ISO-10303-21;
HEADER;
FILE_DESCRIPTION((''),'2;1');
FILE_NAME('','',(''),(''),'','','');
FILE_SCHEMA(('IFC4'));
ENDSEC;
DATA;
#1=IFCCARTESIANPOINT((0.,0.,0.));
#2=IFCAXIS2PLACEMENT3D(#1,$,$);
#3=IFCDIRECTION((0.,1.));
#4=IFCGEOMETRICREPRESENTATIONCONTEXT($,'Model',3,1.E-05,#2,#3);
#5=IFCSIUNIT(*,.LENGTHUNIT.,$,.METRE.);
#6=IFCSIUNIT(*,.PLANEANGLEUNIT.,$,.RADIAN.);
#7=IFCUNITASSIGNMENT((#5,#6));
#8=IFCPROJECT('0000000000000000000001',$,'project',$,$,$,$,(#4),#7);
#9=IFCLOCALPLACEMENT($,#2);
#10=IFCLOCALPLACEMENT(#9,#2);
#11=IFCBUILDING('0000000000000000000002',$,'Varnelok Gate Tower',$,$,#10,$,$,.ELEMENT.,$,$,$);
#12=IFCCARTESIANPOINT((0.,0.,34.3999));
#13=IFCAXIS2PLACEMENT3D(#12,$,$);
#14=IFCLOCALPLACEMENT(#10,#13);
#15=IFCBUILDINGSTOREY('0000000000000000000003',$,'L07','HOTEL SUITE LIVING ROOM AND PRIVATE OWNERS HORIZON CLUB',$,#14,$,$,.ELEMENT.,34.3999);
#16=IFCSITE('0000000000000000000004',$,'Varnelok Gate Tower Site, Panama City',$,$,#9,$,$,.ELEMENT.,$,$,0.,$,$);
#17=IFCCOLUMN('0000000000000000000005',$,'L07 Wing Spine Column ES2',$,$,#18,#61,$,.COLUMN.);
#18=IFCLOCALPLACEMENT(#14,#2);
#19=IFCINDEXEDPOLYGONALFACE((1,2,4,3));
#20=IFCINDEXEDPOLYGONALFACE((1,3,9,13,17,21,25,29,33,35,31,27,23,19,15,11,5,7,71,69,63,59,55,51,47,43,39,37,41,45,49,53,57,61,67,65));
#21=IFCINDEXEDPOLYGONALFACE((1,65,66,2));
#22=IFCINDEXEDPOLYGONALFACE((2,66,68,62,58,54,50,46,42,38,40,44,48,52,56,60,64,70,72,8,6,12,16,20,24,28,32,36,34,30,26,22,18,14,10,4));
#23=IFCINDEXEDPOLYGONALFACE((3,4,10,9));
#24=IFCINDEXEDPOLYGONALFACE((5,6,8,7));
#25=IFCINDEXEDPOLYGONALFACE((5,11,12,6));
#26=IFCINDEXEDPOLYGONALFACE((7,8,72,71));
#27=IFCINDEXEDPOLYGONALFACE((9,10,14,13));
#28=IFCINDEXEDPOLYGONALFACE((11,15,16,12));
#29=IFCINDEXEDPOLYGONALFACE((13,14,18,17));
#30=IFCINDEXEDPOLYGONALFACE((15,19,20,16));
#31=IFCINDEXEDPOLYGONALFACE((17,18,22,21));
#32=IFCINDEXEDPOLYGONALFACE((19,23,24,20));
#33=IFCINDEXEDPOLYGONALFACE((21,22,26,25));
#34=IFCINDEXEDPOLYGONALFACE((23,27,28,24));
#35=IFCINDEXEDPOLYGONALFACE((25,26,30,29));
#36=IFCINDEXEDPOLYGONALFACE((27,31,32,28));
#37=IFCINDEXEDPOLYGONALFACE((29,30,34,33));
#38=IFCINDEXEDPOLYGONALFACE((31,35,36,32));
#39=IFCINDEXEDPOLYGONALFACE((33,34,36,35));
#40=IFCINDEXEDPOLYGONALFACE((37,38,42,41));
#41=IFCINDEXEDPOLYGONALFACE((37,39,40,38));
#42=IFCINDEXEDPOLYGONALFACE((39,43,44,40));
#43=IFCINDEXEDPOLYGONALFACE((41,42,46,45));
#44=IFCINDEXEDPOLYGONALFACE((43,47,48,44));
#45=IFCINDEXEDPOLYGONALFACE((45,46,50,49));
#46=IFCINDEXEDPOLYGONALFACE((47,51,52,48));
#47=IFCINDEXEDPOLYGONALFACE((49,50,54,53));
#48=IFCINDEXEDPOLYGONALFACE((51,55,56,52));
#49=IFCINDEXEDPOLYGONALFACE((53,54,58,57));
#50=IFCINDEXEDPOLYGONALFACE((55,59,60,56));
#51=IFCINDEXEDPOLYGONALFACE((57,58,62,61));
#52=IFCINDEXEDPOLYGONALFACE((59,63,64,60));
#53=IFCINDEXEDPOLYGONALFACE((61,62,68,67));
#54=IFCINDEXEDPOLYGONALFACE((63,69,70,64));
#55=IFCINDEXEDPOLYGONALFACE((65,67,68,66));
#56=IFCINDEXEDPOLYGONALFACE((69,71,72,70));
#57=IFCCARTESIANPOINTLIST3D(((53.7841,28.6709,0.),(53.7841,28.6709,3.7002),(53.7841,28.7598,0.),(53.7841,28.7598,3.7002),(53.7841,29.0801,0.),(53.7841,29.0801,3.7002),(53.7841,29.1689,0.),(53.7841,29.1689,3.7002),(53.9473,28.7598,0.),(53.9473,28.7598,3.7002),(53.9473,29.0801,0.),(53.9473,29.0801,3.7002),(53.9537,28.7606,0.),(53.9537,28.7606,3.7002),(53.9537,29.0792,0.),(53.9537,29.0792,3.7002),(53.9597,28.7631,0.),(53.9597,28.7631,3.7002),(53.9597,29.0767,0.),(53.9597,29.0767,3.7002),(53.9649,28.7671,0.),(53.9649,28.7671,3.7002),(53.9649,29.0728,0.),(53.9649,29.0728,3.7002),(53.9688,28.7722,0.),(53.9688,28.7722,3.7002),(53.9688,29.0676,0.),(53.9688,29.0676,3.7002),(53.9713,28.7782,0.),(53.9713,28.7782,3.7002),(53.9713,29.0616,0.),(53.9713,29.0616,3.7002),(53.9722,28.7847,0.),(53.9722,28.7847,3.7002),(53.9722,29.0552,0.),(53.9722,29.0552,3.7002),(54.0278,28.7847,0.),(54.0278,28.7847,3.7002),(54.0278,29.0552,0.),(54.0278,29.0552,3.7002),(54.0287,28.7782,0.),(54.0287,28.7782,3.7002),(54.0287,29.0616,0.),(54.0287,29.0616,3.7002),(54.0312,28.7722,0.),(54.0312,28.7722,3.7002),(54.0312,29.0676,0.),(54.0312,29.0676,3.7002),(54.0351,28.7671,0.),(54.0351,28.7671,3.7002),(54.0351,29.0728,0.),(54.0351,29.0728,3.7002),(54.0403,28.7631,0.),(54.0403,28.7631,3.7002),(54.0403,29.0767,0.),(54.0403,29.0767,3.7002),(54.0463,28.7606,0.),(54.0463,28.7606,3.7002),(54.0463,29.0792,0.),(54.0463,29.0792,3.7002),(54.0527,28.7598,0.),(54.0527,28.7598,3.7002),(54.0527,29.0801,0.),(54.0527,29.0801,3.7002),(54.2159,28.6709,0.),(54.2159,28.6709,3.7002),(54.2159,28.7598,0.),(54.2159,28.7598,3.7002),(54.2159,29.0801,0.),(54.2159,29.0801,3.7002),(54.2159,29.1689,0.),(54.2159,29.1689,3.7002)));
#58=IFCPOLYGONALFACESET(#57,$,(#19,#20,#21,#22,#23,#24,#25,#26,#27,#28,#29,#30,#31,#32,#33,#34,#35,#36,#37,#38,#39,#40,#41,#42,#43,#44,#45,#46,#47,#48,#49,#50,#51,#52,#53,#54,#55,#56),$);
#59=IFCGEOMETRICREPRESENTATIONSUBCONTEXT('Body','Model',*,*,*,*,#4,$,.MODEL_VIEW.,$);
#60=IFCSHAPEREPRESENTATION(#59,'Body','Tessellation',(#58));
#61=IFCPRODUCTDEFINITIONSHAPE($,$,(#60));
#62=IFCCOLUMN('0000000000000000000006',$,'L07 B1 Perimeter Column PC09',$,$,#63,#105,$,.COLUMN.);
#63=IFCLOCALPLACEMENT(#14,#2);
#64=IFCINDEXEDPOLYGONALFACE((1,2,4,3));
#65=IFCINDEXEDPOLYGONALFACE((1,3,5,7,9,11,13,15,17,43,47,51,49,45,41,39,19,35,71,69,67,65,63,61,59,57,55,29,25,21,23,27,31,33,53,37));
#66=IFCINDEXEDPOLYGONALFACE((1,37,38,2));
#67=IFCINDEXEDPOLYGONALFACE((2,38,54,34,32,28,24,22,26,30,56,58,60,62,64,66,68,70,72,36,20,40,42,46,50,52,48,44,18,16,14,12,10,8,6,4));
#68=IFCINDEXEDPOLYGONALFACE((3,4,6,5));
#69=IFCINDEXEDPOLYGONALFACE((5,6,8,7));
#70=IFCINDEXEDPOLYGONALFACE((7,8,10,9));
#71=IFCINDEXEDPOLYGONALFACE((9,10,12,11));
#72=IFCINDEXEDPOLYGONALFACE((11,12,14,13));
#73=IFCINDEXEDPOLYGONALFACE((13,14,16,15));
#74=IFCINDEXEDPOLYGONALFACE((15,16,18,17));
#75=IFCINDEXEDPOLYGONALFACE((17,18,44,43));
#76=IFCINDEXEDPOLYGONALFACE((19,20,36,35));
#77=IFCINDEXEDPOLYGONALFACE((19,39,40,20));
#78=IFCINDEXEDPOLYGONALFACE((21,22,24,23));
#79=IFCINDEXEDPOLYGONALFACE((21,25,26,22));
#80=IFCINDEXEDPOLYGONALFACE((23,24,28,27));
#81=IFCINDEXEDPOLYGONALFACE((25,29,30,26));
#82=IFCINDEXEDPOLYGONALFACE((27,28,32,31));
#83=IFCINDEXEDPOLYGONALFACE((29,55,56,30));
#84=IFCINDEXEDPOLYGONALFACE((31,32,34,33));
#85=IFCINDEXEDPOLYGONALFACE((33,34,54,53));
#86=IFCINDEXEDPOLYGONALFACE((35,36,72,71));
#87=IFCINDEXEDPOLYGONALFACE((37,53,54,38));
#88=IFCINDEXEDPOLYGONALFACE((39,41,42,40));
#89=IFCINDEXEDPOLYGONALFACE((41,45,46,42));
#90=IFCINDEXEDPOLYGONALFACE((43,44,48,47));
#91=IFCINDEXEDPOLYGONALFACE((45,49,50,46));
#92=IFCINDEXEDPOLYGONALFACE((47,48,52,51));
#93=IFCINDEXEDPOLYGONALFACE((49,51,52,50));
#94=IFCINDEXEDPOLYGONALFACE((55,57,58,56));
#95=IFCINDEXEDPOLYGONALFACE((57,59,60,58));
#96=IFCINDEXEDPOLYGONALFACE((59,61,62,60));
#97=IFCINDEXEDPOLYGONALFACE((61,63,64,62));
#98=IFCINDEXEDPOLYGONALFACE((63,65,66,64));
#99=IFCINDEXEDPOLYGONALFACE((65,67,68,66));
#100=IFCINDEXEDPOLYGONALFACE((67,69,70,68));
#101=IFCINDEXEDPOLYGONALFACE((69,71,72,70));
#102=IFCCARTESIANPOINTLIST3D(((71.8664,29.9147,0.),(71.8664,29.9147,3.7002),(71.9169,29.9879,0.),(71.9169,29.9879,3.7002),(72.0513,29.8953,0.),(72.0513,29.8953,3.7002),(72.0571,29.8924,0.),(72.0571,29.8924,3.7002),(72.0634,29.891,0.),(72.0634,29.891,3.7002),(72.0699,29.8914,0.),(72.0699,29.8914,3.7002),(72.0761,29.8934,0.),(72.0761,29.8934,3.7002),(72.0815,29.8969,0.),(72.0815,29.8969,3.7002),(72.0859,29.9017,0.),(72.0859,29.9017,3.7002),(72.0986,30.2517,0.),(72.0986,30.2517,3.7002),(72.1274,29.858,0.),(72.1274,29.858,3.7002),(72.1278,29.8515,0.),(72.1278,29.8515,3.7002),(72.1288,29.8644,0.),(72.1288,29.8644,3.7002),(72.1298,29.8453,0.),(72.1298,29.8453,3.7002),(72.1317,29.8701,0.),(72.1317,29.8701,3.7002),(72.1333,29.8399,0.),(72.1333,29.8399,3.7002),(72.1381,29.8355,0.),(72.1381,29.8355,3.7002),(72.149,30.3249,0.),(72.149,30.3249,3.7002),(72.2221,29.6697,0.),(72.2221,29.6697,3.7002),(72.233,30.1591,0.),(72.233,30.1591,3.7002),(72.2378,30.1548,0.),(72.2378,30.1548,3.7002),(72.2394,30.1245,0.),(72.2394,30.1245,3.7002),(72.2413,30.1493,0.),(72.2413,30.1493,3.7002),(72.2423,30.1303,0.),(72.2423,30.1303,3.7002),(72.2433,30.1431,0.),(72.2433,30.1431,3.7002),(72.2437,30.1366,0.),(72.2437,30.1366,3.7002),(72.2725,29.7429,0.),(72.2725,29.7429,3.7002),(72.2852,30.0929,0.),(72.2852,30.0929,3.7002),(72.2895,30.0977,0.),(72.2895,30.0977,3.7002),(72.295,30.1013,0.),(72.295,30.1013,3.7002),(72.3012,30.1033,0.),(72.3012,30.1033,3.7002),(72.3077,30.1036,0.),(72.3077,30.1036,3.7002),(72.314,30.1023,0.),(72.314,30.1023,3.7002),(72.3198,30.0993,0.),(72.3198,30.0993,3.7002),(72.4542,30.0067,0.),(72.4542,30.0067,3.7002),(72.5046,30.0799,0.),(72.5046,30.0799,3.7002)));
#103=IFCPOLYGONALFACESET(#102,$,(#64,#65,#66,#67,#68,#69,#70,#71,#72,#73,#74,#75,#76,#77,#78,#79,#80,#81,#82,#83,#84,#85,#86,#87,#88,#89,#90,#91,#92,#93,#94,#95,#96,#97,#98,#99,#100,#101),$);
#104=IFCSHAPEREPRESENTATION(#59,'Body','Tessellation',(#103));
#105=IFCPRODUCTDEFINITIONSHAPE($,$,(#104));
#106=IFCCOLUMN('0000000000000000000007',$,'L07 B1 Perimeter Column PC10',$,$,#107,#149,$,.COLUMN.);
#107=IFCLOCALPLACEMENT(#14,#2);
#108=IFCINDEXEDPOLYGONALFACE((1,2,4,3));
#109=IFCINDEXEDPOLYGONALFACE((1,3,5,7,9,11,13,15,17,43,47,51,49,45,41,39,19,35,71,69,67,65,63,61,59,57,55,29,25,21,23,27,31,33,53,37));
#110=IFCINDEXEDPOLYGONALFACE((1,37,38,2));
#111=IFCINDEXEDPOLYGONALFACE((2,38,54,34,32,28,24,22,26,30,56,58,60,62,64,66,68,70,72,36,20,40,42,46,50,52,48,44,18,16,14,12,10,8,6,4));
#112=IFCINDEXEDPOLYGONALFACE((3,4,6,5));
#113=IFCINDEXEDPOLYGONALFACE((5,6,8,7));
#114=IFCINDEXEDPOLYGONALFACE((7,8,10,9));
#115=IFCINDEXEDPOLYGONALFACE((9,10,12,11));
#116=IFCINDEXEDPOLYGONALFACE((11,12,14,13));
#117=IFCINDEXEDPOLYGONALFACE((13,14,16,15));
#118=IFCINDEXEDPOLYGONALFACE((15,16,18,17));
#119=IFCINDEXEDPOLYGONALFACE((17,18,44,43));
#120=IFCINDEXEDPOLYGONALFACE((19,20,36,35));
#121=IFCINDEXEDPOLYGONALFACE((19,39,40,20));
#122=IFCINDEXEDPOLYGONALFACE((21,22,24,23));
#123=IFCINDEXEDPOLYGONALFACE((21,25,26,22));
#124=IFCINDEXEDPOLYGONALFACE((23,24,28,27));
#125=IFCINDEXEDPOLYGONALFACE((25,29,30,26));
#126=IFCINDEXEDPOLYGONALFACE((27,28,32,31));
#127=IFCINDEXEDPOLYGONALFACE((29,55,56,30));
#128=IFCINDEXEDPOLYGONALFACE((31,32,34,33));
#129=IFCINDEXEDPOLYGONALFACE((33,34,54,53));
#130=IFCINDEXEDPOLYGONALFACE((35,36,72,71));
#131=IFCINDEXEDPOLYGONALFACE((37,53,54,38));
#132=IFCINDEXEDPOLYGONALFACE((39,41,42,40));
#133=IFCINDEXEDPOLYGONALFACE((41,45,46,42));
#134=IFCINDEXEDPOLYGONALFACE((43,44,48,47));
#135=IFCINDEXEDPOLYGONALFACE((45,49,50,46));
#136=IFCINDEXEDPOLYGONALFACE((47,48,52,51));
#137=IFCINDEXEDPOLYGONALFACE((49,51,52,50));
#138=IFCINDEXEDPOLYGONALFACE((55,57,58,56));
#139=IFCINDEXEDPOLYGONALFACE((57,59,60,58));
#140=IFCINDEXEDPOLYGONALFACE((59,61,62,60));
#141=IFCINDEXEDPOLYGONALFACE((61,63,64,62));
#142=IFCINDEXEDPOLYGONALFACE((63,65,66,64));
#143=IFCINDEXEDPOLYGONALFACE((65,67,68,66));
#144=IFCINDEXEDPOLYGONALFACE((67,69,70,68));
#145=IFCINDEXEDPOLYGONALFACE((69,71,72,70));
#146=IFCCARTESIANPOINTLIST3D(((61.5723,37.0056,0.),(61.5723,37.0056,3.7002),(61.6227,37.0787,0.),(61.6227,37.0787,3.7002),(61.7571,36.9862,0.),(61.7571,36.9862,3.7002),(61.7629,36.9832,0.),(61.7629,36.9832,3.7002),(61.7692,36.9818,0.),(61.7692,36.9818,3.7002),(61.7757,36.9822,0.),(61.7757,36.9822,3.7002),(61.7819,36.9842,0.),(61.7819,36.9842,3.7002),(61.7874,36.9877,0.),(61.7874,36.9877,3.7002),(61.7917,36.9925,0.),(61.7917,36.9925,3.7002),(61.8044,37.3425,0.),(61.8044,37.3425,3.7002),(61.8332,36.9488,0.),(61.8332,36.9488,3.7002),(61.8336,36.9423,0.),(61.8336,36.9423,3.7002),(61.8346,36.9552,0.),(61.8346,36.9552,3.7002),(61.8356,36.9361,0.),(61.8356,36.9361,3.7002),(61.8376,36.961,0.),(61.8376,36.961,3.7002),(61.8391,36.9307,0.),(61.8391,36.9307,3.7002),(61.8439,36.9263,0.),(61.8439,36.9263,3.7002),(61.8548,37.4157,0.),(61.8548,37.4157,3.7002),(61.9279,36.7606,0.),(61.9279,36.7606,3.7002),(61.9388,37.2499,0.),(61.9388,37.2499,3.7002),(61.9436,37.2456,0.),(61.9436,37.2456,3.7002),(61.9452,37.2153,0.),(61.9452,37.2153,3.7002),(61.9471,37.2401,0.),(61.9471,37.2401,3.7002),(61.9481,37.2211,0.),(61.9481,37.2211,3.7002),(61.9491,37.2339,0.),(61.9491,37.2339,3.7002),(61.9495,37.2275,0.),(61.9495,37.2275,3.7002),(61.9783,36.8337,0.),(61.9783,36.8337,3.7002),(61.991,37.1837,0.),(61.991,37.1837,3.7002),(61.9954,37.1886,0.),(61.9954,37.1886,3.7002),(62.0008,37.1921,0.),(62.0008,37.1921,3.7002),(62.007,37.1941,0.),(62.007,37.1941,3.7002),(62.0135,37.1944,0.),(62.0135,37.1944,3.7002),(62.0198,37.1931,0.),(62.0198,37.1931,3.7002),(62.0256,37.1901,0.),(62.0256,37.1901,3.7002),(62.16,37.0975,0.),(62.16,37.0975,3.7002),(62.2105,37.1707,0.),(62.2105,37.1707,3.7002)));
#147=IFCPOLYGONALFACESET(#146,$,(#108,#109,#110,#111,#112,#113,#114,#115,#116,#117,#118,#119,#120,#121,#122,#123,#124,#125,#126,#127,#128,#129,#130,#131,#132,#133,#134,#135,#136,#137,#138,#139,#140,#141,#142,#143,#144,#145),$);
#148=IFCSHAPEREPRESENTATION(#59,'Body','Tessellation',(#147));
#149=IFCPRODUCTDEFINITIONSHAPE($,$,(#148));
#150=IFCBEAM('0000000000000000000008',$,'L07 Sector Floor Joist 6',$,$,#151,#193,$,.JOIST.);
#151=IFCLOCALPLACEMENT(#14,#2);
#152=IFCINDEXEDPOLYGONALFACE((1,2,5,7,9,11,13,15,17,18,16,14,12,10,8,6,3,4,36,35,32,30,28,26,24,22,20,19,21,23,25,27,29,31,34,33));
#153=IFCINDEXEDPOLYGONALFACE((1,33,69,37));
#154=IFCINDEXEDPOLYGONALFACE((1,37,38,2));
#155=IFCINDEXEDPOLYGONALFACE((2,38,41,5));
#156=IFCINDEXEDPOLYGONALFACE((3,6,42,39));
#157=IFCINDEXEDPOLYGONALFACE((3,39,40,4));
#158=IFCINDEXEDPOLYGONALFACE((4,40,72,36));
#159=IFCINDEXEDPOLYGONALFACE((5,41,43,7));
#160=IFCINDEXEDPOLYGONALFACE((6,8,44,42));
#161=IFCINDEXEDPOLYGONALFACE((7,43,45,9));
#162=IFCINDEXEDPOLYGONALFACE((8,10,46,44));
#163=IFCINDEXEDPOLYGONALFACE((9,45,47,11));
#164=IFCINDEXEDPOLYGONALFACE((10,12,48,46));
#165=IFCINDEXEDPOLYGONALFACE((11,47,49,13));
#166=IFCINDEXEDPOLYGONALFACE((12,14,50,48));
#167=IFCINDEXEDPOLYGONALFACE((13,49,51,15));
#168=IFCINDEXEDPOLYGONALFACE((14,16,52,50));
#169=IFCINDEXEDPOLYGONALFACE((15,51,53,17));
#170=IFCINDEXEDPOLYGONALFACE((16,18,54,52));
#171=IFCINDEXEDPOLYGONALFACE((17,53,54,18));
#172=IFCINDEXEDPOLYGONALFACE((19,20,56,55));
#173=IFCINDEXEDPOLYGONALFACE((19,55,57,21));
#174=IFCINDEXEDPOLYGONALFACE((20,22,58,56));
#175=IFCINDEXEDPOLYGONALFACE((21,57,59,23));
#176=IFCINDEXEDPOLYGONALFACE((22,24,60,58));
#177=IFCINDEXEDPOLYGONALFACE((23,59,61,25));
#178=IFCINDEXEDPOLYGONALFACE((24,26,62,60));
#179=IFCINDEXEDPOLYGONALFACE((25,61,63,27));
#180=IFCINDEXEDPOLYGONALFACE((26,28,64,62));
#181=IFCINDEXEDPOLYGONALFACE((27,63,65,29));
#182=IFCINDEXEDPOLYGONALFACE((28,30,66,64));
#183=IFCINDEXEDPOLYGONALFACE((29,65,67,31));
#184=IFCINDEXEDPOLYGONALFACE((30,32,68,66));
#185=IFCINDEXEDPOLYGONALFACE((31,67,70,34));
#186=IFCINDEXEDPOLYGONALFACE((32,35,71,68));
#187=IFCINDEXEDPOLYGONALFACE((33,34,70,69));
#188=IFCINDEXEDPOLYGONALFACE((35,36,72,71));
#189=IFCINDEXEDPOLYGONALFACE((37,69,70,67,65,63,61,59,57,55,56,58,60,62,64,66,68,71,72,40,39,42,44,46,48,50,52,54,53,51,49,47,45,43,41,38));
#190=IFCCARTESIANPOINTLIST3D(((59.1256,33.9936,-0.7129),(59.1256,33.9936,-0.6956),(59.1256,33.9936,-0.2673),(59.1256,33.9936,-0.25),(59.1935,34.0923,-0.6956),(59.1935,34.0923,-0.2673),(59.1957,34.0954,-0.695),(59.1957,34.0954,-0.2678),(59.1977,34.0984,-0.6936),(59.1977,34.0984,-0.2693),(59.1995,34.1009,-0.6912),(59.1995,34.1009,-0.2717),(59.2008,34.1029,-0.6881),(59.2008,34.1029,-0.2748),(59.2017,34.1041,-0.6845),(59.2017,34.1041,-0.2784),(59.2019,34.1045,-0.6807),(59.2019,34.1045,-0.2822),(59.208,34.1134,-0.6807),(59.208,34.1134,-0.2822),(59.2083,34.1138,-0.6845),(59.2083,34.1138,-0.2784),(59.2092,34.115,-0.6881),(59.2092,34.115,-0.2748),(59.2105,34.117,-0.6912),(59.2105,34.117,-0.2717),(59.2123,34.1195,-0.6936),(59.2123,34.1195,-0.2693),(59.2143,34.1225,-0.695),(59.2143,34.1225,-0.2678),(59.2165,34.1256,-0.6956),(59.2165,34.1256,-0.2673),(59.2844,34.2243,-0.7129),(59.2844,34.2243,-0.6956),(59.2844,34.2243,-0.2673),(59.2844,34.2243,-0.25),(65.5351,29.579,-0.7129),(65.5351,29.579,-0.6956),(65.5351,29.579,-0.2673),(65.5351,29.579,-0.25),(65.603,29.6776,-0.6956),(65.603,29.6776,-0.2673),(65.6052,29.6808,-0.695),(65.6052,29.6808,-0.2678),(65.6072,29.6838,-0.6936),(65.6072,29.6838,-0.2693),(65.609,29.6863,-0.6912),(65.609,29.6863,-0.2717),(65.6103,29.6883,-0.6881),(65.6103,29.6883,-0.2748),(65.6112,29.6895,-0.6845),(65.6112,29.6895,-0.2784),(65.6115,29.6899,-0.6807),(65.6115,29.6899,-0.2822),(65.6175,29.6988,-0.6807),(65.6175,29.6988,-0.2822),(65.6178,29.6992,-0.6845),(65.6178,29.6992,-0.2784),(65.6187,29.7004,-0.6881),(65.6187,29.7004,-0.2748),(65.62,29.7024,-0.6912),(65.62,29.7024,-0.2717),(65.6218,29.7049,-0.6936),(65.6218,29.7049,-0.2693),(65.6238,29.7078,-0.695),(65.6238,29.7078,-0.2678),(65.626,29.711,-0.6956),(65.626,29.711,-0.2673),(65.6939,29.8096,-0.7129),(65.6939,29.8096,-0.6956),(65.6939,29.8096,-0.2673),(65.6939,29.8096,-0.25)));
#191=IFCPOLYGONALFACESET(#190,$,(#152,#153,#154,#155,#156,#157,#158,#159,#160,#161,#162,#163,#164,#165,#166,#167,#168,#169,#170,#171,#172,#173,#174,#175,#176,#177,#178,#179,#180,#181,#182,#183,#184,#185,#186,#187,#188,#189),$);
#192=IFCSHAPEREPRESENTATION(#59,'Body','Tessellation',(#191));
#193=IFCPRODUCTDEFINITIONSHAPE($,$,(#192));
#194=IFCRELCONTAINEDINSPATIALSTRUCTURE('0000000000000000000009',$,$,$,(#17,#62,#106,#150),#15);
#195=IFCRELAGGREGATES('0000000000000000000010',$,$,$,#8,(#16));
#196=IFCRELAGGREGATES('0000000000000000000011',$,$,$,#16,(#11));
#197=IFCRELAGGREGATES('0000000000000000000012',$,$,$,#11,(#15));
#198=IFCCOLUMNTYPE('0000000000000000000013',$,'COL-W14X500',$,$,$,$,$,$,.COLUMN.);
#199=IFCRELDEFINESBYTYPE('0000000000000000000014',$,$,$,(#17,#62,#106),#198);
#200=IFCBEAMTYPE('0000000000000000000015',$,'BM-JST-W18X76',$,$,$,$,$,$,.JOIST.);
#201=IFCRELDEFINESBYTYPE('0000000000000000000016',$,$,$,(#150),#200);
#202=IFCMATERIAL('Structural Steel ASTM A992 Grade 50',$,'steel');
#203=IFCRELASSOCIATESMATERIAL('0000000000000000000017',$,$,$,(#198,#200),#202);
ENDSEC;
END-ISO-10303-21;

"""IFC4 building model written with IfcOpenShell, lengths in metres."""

from ifc_helpers import new_model, si_unit, direction, frame, origin, origin_2d, place, context, subcontext, project, spatial, i_section, extrude, material, material_profile, profile_set, type_object, element, save


model = new_model("IFC4")

# Units and contexts
model_context = context("Model", 3, precision=1e-05, world=origin(), true_north=direction((0.0, 1.0)))
body_context = subcontext(model_context, "Body", "Model", "MODEL_VIEW")
ifc_project = project(units=[si_unit("LENGTHUNIT", "METRE"), si_unit("PLANEANGLEUNIT", "RADIAN")], contexts=[model_context])

# Site, building, storey
site_placement = place(None, origin())
site = spatial("IfcSite", under=ifc_project, at=site_placement, Name="Varnelok Gate Tower Site, Panama City", CompositionType="ELEMENT", RefElevation=0.0)
building_placement = place(site_placement, origin())
building = spatial("IfcBuilding", under=site, at=building_placement, Name="Varnelok Gate Tower", CompositionType="ELEMENT")
storey_placement = place(building_placement, frame((0.0, 0.0, 34.3999)))
storey = spatial("IfcBuildingStorey", under=building, at=storey_placement, Name="L07", Description="HOTEL SUITE LIVING ROOM AND PRIVATE OWNERS HORIZON CLUB", CompositionType="ELEMENT", Elevation=34.3999)

# Columns
ifc_material_1 = material(Name="Structural Steel ASTM A992 Grade 50", Category="steel")
ifc_material_profile_1 = material_profile(ifc_material_1, i_section(OverallWidth=0.4319, OverallDepth=0.498, WebThickness=0.0557, FlangeThickness=0.0889, FilletRadius=0.0249, at=origin_2d()), Name="W14X500")
ifc_profile_set_1 = profile_set([ifc_material_profile_1], Name="Structural Steel ASTM A992 Grade 50")
column_type = type_object("IfcColumnType", Name="COL-W14X500", PredefinedType="COLUMN", material=ifc_profile_set_1)
for number, where, z_axis, x_axis, name in (
    (1, (54.0, 28.9199, 0.0), (0.0, 0.0, 1.0), (1.0, 0.0, 0.0), "L07 Wing Spine Column ES2"),
    (2, (72.1855, 29.9973, 0.0), (0.0, 0.0, 1.0), (0.823533, -0.567269, 0.0), "L07 B1 Perimeter Column PC09"),
    (3, (61.8914, 37.0881, 0.0), (0.0, 0.0, 1.0), (0.823533, -0.567269, 0.0), "L07 B1 Perimeter Column PC10"),
):
    element("IfcColumn", number, at=place(storey_placement, frame(where, z_axis=z_axis, x_axis=x_axis)), inside=storey, type_object=column_type, Name=name, PredefinedType="COLUMN", context=body_context, shape_type="SweptSolid", body=[
        extrude(i_section(OverallWidth=0.4319, OverallDepth=0.498, WebThickness=0.0557, FlangeThickness=0.0889, FilletRadius=0.0249, at=origin_2d()), origin(), (0.0, 0.0, 1.0), 3.7002),
    ])

# Beam
ifc_material_profile_2 = material_profile(ifc_material_1, i_section(OverallWidth=0.28, OverallDepth=0.4629, WebThickness=0.0107, FlangeThickness=0.0173, FilletRadius=0.0149, at=origin_2d()), Name="W18X76")
ifc_profile_set_2 = profile_set([ifc_material_profile_2], Name="Structural Steel ASTM A992 Grade 50")
beam_type_1 = type_object("IfcBeamType", Name="BM-JST-W18X76", PredefinedType="JOIST", material=ifc_profile_set_2)
beam_1_placement = place(storey_placement, frame((65.6145, 29.6943, -0.4814), z_axis=(-0.823557, 0.567233, 0.0), x_axis=(-0.567233, -0.823557, 0.0)))
element("IfcBeam", 4, at=beam_1_placement, inside=storey, type_object=beam_type_1, Name="L07 Sector Floor Joist 6", PredefinedType="JOIST", context=body_context, shape_type="SweptSolid", body=[
    extrude(i_section(OverallWidth=0.28, OverallDepth=0.4629, WebThickness=0.0107, FlangeThickness=0.0173, FilletRadius=0.0149, at=origin_2d()), origin(), (0.0, 0.0, 1.0), 7.7827),
])

save(model, "model.ifc")
